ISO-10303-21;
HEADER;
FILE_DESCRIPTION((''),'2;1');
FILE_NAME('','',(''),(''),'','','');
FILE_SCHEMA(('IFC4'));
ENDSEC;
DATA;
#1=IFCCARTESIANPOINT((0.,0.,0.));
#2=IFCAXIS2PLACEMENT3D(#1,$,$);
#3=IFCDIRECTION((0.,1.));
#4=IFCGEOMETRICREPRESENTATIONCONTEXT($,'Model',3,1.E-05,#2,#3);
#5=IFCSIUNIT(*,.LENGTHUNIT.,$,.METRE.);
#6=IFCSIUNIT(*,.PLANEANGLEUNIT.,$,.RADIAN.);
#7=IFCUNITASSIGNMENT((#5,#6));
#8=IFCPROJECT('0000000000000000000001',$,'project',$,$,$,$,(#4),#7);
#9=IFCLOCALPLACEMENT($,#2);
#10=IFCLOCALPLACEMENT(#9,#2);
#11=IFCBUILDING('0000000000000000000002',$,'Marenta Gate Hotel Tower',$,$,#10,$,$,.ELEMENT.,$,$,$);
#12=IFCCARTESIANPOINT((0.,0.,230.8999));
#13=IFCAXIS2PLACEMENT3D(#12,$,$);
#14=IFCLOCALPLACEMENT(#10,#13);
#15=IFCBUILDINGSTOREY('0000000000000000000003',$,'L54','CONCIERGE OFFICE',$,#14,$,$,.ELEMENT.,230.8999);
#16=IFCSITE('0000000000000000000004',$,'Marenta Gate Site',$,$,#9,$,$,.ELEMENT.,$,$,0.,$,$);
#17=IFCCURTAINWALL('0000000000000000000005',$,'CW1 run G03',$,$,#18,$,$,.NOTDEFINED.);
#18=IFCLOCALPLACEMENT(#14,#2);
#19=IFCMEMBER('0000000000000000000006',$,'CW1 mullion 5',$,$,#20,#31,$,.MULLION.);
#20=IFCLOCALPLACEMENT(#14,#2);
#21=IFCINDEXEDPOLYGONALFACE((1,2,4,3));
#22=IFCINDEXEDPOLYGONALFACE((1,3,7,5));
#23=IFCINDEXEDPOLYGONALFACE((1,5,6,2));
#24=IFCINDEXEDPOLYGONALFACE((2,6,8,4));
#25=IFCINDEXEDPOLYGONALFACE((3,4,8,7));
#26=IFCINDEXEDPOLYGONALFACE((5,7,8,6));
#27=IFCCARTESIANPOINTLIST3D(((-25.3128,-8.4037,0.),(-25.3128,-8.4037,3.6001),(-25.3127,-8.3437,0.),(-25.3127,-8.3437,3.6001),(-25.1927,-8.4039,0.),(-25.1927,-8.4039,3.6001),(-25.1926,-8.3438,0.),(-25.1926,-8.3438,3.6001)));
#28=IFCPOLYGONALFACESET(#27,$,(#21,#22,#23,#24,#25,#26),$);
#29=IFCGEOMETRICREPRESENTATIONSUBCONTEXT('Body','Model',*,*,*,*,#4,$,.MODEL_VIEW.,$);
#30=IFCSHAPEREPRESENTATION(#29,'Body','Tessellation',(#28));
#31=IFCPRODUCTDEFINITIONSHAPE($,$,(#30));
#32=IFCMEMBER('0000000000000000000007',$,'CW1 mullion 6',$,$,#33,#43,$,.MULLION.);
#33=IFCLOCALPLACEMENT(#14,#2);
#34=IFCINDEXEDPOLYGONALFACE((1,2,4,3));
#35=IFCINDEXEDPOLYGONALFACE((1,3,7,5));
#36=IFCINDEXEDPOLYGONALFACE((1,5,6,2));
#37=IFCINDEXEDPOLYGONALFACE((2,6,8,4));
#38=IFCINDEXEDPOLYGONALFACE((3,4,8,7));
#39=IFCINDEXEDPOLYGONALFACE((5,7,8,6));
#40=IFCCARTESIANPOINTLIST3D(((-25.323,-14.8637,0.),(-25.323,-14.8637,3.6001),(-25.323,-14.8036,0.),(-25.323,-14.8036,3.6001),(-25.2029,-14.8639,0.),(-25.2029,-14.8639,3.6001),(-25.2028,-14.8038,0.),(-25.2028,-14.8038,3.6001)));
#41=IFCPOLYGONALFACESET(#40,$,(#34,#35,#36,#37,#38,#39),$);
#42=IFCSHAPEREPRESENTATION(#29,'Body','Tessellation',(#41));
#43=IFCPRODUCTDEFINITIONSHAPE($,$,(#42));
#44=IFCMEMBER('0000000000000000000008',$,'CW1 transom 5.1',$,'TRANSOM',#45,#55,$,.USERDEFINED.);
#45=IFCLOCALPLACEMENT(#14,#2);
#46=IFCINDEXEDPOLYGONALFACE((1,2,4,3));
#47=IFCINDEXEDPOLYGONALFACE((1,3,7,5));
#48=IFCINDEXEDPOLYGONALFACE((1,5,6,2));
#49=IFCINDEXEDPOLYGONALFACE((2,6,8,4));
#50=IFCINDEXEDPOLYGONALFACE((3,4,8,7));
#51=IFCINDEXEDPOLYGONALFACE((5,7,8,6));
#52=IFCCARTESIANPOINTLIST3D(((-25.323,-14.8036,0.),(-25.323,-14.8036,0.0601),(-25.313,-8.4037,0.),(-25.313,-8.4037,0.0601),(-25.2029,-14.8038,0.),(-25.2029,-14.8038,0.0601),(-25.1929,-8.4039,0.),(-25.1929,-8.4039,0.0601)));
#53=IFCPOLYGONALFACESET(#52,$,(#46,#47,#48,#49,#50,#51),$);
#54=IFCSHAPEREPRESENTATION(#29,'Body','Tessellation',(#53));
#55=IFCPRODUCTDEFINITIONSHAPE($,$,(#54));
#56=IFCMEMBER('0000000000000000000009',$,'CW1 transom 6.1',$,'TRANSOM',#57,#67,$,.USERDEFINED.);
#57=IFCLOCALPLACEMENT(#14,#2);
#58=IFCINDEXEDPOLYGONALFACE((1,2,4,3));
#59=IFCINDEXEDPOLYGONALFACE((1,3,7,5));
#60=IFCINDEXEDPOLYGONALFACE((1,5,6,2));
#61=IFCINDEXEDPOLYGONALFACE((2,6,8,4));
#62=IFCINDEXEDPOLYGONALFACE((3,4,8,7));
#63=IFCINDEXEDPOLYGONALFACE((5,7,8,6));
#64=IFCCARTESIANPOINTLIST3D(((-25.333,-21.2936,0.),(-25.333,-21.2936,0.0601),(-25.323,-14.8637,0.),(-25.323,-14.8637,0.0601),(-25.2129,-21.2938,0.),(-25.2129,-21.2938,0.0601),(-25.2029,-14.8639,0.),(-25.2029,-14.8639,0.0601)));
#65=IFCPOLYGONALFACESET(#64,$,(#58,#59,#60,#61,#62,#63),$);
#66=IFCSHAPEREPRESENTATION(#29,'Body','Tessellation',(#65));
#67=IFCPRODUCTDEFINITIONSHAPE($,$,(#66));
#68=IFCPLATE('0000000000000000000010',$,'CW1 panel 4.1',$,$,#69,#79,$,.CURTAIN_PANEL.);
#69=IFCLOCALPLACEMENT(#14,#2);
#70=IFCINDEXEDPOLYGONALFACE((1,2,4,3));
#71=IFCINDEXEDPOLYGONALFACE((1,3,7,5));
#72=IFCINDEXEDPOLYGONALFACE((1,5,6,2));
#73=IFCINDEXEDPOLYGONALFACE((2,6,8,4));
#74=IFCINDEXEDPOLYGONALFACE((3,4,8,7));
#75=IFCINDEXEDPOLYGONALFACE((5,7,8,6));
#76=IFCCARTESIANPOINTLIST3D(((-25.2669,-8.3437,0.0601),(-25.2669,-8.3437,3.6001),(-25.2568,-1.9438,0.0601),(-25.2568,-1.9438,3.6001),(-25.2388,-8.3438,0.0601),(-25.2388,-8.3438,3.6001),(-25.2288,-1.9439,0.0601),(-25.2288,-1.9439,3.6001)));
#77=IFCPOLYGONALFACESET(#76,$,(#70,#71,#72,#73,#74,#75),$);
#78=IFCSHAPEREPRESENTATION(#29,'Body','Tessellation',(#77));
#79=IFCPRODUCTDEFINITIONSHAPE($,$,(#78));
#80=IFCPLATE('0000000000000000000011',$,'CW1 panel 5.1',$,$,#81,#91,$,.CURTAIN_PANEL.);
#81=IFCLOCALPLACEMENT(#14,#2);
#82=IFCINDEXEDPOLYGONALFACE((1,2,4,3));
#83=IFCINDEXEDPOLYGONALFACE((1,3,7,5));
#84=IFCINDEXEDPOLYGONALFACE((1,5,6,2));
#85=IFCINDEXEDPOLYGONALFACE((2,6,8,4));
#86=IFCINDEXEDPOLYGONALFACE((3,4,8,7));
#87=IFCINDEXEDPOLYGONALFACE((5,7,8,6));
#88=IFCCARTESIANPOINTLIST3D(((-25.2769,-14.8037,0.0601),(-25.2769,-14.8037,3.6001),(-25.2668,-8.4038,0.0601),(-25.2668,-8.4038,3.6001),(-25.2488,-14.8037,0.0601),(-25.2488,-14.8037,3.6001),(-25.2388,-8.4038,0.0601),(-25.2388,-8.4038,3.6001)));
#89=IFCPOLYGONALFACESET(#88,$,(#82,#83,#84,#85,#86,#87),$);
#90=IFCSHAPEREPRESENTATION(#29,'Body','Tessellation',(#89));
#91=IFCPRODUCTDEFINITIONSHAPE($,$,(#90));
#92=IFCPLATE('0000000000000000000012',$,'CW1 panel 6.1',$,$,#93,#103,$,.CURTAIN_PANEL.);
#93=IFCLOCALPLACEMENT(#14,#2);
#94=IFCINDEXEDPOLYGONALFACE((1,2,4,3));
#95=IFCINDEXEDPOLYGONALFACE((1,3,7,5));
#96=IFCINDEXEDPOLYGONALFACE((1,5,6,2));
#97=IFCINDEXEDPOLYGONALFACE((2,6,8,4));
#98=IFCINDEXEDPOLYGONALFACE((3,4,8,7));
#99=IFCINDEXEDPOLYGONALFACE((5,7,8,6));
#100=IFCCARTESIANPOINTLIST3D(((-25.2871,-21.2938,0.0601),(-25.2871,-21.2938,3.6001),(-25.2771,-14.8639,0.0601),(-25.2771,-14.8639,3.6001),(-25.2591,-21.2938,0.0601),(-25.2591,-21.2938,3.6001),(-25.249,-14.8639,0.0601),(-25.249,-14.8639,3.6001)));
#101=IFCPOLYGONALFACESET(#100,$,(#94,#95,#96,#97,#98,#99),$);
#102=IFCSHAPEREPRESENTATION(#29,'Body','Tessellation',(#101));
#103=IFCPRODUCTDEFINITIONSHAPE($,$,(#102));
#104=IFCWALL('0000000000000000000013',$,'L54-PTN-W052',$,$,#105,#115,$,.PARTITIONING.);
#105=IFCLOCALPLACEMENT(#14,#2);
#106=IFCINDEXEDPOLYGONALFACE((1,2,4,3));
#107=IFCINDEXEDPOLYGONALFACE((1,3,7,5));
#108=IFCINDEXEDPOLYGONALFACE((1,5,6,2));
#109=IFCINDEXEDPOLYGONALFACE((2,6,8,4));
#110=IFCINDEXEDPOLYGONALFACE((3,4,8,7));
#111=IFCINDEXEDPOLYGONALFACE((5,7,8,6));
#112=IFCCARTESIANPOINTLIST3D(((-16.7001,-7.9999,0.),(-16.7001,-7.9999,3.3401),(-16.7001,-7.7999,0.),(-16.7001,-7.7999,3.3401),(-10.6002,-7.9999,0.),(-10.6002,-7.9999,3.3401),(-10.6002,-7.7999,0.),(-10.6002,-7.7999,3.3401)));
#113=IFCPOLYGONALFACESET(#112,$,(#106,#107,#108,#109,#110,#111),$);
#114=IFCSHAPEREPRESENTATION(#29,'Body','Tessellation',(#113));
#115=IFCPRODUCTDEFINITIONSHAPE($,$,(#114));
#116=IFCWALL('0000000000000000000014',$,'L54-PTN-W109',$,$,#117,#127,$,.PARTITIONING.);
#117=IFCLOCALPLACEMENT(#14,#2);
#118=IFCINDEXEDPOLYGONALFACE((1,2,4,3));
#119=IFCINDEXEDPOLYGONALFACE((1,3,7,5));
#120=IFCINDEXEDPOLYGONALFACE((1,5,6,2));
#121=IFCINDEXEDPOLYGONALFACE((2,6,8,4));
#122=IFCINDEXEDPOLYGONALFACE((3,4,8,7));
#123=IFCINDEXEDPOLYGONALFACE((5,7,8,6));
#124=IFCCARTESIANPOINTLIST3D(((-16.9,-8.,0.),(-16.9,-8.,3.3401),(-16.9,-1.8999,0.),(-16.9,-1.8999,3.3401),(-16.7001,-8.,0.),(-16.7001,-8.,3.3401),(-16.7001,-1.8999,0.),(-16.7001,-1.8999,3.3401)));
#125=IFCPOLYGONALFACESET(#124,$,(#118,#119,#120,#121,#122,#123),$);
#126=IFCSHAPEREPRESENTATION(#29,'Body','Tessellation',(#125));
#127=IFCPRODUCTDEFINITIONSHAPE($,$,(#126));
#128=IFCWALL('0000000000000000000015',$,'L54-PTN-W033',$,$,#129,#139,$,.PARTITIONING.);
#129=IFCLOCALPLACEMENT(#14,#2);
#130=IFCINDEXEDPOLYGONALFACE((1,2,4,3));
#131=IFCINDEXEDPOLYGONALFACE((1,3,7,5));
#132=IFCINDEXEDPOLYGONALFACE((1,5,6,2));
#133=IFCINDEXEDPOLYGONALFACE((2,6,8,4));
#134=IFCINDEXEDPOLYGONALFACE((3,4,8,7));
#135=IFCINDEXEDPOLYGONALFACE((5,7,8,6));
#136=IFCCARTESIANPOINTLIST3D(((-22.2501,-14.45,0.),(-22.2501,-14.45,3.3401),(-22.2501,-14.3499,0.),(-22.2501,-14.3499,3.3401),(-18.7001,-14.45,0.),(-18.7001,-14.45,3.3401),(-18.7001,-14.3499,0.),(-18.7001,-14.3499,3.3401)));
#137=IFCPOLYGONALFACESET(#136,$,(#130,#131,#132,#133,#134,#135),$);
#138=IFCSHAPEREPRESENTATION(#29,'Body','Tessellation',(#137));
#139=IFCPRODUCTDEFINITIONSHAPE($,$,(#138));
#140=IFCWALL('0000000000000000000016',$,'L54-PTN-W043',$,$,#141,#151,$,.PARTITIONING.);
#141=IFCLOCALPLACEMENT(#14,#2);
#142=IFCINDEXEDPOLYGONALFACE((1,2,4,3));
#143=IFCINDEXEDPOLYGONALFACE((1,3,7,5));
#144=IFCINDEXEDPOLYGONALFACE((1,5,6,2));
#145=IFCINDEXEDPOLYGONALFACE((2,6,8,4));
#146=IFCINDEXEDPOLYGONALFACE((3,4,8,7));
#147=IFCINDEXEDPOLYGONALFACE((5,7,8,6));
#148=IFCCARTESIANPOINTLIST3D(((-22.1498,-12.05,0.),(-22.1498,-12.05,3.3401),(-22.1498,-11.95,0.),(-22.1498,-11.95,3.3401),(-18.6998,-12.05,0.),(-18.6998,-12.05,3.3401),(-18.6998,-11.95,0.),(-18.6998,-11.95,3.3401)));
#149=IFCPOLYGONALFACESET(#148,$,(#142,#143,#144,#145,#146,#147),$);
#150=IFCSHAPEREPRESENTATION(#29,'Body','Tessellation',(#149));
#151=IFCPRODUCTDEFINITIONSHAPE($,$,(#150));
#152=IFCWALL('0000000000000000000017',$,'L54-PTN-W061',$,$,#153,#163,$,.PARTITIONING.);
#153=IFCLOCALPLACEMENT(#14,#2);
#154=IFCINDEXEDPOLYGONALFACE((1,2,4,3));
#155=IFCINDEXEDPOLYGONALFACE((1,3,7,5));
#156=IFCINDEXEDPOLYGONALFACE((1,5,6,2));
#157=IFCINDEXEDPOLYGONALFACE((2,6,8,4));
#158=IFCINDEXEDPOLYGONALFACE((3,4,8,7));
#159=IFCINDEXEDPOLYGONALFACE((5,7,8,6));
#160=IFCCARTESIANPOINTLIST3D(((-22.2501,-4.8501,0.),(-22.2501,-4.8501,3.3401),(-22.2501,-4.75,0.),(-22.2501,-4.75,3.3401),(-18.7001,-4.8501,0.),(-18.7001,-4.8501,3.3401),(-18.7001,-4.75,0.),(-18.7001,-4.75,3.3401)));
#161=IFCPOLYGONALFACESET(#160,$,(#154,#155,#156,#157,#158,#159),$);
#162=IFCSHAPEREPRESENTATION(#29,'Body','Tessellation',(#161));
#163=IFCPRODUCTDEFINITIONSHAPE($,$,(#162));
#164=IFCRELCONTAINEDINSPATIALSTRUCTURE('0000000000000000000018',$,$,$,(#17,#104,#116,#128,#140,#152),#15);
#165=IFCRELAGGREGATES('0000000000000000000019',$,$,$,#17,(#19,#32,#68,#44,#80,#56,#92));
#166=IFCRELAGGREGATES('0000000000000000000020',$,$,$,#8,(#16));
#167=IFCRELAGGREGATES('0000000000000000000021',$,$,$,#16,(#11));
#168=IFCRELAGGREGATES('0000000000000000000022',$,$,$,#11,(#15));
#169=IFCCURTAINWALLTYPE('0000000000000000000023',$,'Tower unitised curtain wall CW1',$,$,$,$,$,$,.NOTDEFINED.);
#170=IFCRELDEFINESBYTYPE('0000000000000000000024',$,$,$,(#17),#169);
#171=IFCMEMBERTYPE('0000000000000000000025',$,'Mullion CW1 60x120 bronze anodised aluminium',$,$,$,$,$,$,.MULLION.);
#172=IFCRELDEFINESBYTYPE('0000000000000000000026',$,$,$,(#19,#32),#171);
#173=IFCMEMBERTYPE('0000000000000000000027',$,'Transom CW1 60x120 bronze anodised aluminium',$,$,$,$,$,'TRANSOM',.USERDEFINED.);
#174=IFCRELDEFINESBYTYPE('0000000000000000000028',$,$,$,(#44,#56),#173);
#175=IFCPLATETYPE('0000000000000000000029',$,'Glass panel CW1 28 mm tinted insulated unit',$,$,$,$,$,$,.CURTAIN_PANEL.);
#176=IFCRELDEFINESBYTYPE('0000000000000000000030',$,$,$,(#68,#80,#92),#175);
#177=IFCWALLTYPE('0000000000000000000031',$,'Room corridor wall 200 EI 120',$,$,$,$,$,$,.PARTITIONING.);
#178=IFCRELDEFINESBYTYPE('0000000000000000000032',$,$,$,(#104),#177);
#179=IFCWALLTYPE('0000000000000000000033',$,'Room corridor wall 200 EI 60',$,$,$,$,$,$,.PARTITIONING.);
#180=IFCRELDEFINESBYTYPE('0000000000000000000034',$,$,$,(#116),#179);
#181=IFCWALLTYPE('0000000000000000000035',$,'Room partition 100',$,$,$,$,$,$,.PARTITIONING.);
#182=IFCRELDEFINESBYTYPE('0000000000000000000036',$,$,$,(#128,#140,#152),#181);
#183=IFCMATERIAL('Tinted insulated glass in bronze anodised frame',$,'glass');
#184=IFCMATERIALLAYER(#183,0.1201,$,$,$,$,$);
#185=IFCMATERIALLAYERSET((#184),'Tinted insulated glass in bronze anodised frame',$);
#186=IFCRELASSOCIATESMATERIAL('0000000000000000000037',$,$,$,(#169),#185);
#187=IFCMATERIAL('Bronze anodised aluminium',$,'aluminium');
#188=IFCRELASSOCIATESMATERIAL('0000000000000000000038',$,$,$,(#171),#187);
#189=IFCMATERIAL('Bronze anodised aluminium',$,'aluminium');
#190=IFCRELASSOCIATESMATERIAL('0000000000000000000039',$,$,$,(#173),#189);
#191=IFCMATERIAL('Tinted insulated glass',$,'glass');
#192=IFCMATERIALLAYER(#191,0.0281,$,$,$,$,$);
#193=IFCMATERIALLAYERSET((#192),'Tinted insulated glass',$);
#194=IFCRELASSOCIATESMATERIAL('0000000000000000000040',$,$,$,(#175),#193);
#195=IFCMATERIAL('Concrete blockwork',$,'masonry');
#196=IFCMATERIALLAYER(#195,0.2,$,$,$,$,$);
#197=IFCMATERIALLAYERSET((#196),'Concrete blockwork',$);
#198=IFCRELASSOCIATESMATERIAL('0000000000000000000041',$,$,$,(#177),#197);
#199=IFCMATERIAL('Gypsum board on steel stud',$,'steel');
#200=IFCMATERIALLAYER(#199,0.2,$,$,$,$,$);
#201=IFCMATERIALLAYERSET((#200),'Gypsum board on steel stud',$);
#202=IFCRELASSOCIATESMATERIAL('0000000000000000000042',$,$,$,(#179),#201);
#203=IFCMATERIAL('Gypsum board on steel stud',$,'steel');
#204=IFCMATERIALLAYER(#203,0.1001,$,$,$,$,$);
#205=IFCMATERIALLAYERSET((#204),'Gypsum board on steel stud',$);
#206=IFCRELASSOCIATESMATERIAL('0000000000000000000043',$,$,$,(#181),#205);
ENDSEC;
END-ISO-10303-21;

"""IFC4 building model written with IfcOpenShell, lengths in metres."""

from ifc_helpers import new_model, si_unit, direction, frame, frame_2d, origin, origin_2d, place, context, subcontext, project, spatial, rectangle, extrude, material, layer, layer_set, material_profile, profile_set, type_object, element, aggregate, save


model = new_model("IFC4")

# Units and contexts
model_context = context("Model", 3, precision=1e-05, world=origin(), true_north=direction((0.0, 1.0)))
body_context = subcontext(model_context, "Body", "Model", "MODEL_VIEW")
ifc_project = project(units=[si_unit("LENGTHUNIT", "METRE"), si_unit("PLANEANGLEUNIT", "RADIAN")], contexts=[model_context])

# Site, building, storey
site_placement = place(None, origin())
site = spatial("IfcSite", under=ifc_project, at=site_placement, Name="Marenta Gate Site", CompositionType="ELEMENT", RefElevation=0.0)
building_placement = place(site_placement, origin())
building = spatial("IfcBuilding", under=site, at=building_placement, Name="Marenta Gate Hotel Tower", CompositionType="ELEMENT")
storey_placement = place(building_placement, frame((0.0, 0.0, 230.8999)))
storey = spatial("IfcBuildingStorey", under=building, at=storey_placement, Name="L54", Description="CONCIERGE OFFICE", CompositionType="ELEMENT", Elevation=230.8999)

# Curtain wall, members, plates
ifc_material_1 = material(Name="Tinted insulated glass in bronze anodised frame", Category="glass")
ifc_layer_1 = layer(ifc_material_1, 0.1201)
ifc_layer_set_1 = layer_set([ifc_layer_1], Name="Tinted insulated glass in bronze anodised frame")
curtain_wall_type = type_object("IfcCurtainWallType", Name="Tower unitised curtain wall CW1", PredefinedType="NOTDEFINED", material=ifc_layer_set_1)
curtain_wall_placement = place(storey_placement, origin())
curtain_wall = element("IfcCurtainWall", 1, at=curtain_wall_placement, inside=storey, type_object=curtain_wall_type, Name="CW1 run G03", PredefinedType="NOTDEFINED")
ifc_material_2 = material(Name="Bronze anodised aluminium", Category="aluminium")
ifc_material_profile_1 = material_profile(ifc_material_2, rectangle(XDim=0.1201, YDim=0.0601, at=origin_2d()), Name="Mullion CW1 60x120 bronze anodised aluminium")
ifc_profile_set_1 = profile_set([ifc_material_profile_1], Name="Bronze anodised aluminium")
member_type_1 = type_object("IfcMemberType", Name="Mullion CW1 60x120 bronze anodised aluminium", PredefinedType="MULLION", material=ifc_profile_set_1)
member_1_placement = place(storey_placement, frame((-25.2527, -8.3738, 0.0), z_axis=(0.0, 0.0, 1.0), x_axis=(0.999999, -0.001566, 0.0)))
member_1 = element("IfcMember", 2, at=member_1_placement, type_object=member_type_1, Name="CW1 mullion 5", PredefinedType="MULLION", context=body_context, shape_type="SweptSolid", body=[
    extrude(rectangle(XDim=0.1201, YDim=0.0601, at=origin_2d()), origin(), (0.0, 0.0, 1.0), 3.6001),
])
member_2_placement = place(storey_placement, frame((-25.2629, -14.8337, 0.0), z_axis=(0.0, 0.0, 1.0), x_axis=(0.999999, -0.001566, 0.0)))
member_2 = element("IfcMember", 3, at=member_2_placement, type_object=member_type_1, Name="CW1 mullion 6", PredefinedType="MULLION", context=body_context, shape_type="SweptSolid", body=[
    extrude(rectangle(XDim=0.1201, YDim=0.0601, at=origin_2d()), origin(), (0.0, 0.0, 1.0), 3.6001),
])
ifc_material_3 = material(Name="Bronze anodised aluminium", Category="aluminium")
ifc_material_profile_2 = material_profile(ifc_material_3, rectangle(XDim=0.1201, YDim=0.0601, at=origin_2d()), Name="Transom CW1 60x120 bronze anodised aluminium")
ifc_profile_set_2 = profile_set([ifc_material_profile_2], Name="Bronze anodised aluminium")
member_type_2 = type_object("IfcMemberType", Name="Transom CW1 60x120 bronze anodised aluminium", ElementType="TRANSOM", PredefinedType="USERDEFINED", material=ifc_profile_set_2)
member_3_placement = place(storey_placement, frame((-25.2529, -8.4038, 0.03), z_axis=(-0.001564, -0.999999, 0.0), x_axis=(0.999999, -0.001564, 0.0)))
member_3 = element("IfcMember", 4, at=member_3_placement, type_object=member_type_2, Name="CW1 transom 5.1", ObjectType="TRANSOM", PredefinedType="USERDEFINED", context=body_context, shape_type="SweptSolid", body=[
    extrude(rectangle(XDim=0.1201, YDim=0.0601, at=origin_2d()), origin(), (0.0, 0.0, 1.0), 6.3999),
])
member_4_placement = place(storey_placement, frame((-25.2629, -14.8638, 0.03), z_axis=(-0.001557, -0.999999, 0.0), x_axis=(0.999999, -0.001557, 0.0)))
member_4 = element("IfcMember", 5, at=member_4_placement, type_object=member_type_2, Name="CW1 transom 6.1", ObjectType="TRANSOM", PredefinedType="USERDEFINED", context=body_context, shape_type="SweptSolid", body=[
    extrude(rectangle(XDim=0.1201, YDim=0.0601, at=origin_2d()), origin(), (0.0, 0.0, 1.0), 6.4299),
])
ifc_material_4 = material(Name="Tinted insulated glass", Category="glass")
ifc_layer_2 = layer(ifc_material_4, 0.0281)
ifc_layer_set_2 = layer_set([ifc_layer_2], Name="Tinted insulated glass")
plate_type = type_object("IfcPlateType", Name="Glass panel CW1 28 mm tinted insulated unit", PredefinedType="CURTAIN_PANEL", material=ifc_layer_set_2)
plate_1_placement = place(storey_placement, frame((-25.2478, -5.1438, 0.0601), z_axis=(0.0, 0.0, 1.0), x_axis=(-0.001566, -0.999999, 0.0)))
plate_1 = element("IfcPlate", 6, at=plate_1_placement, type_object=plate_type, Name="CW1 panel 4.1", PredefinedType="CURTAIN_PANEL", context=body_context, shape_type="SweptSolid", body=[
    extrude(rectangle(XDim=6.3999, YDim=0.0281, at=origin_2d()), origin(), (0.0, 0.0, 1.0), 3.54),
])
plate_2_placement = place(storey_placement, frame((-25.2578, -11.6038, 0.0601), z_axis=(0.0, 0.0, 1.0), x_axis=(-0.001566, -0.999999, 0.0)))
plate_2 = element("IfcPlate", 7, at=plate_2_placement, type_object=plate_type, Name="CW1 panel 5.1", PredefinedType="CURTAIN_PANEL", context=body_context, shape_type="SweptSolid", body=[
    extrude(rectangle(XDim=6.3999, YDim=0.0281, at=origin_2d()), origin(), (0.0, 0.0, 1.0), 3.54),
])
plate_3_placement = place(storey_placement, frame((-25.2681, -18.0789, 0.0601), z_axis=(0.0, 0.0, 1.0), x_axis=(-0.001566, -0.999999, 0.0)))
plate_3 = element("IfcPlate", 8, at=plate_3_placement, type_object=plate_type, Name="CW1 panel 6.1", PredefinedType="CURTAIN_PANEL", context=body_context, shape_type="SweptSolid", body=[
    extrude(rectangle(XDim=6.4299, YDim=0.0281, at=origin_2d()), origin(), (0.0, 0.0, 1.0), 3.54),
])
aggregate(curtain_wall, [member_1, member_2, plate_1, member_3, plate_2, member_4, plate_3])

# Wall
ifc_material_5 = material(Name="Concrete blockwork", Category="masonry")
ifc_layer_3 = layer(ifc_material_5, 0.2)
ifc_layer_set_3 = layer_set([ifc_layer_3], Name="Concrete blockwork")
wall_type_1 = type_object("IfcWallType", Name="Room corridor wall 200 EI 120", PredefinedType="PARTITIONING", material=ifc_layer_set_3)
wall_1_placement = place(storey_placement, frame((-16.7, -7.8999, 0.0), z_axis=(0.0, 0.0, 1.0), x_axis=(1.0, 0.0, 0.0)))
element("IfcWall", 9, at=wall_1_placement, inside=storey, type_object=wall_type_1, Name="L54-PTN-W052", PredefinedType="PARTITIONING", context=body_context, shape_type="SweptSolid", body=[
    extrude(rectangle(XDim=6.0999, YDim=0.2, at=frame_2d((3.0498, 0.0))), origin(), (0.0, 0.0, 1.0), 3.3401),
])

# Shared definitions
ifc_material_6 = material(Name="Gypsum board on steel stud", Category="steel")
ifc_layer_4 = layer(ifc_material_6, 0.2)
ifc_layer_set_4 = layer_set([ifc_layer_4], Name="Gypsum board on steel stud")
wall_type_2 = type_object("IfcWallType", Name="Room corridor wall 200 EI 60", PredefinedType="PARTITIONING", material=ifc_layer_set_4)

# Walls
wall_2_placement = place(storey_placement, frame((-16.8, -8.0, 0.0), z_axis=(0.0, 0.0, 1.0), x_axis=(0.0, 1.0, 0.0)))
element("IfcWall", 10, at=wall_2_placement, inside=storey, type_object=wall_type_2, Name="L54-PTN-W109", PredefinedType="PARTITIONING", context=body_context, shape_type="SweptSolid", body=[
    extrude(rectangle(XDim=6.1001, YDim=0.2, at=frame_2d((3.05, 0.0))), origin(), (0.0, 0.0, 1.0), 3.3401),
])
ifc_material_7 = material(Name="Gypsum board on steel stud", Category="steel")
ifc_layer_5 = layer(ifc_material_7, 0.1001)
ifc_layer_set_5 = layer_set([ifc_layer_5], Name="Gypsum board on steel stud")
wall_type_3 = type_object("IfcWallType", Name="Room partition 100", PredefinedType="PARTITIONING", material=ifc_layer_set_5)
wall_3_placement = place(storey_placement, frame((-22.25, -14.3999, 0.0), z_axis=(0.0, 0.0, 1.0), x_axis=(1.0, 0.0, 0.0)))
element("IfcWall", 11, at=wall_3_placement, inside=storey, type_object=wall_type_3, Name="L54-PTN-W033", PredefinedType="PARTITIONING", context=body_context, shape_type="SweptSolid", body=[
    extrude(rectangle(XDim=3.55, YDim=0.1001, at=frame_2d((1.7749, 0.0))), origin(), (0.0, 0.0, 1.0), 3.3401),
])
wall_4_placement = place(storey_placement, frame((-22.1499, -12.0, 0.0), z_axis=(0.0, 0.0, 1.0), x_axis=(1.0, 0.0, 0.0)))
element("IfcWall", 12, at=wall_4_placement, inside=storey, type_object=wall_type_3, Name="L54-PTN-W043", PredefinedType="PARTITIONING", context=body_context, shape_type="SweptSolid", body=[
    extrude(rectangle(XDim=3.45, YDim=0.1001, at=frame_2d((1.7251, 0.0))), origin(), (0.0, 0.0, 1.0), 3.3401),
])
wall_5_placement = place(storey_placement, frame((-22.25, -4.8, 0.0), z_axis=(0.0, 0.0, 1.0), x_axis=(1.0, 0.0, 0.0)))
element("IfcWall", 13, at=wall_5_placement, inside=storey, type_object=wall_type_3, Name="L54-PTN-W061", PredefinedType="PARTITIONING", context=body_context, shape_type="SweptSolid", body=[
    extrude(rectangle(XDim=3.55, YDim=0.1001, at=frame_2d((1.7749, 0.0))), origin(), (0.0, 0.0, 1.0), 3.3401),
])

save(model, "model.ifc")
